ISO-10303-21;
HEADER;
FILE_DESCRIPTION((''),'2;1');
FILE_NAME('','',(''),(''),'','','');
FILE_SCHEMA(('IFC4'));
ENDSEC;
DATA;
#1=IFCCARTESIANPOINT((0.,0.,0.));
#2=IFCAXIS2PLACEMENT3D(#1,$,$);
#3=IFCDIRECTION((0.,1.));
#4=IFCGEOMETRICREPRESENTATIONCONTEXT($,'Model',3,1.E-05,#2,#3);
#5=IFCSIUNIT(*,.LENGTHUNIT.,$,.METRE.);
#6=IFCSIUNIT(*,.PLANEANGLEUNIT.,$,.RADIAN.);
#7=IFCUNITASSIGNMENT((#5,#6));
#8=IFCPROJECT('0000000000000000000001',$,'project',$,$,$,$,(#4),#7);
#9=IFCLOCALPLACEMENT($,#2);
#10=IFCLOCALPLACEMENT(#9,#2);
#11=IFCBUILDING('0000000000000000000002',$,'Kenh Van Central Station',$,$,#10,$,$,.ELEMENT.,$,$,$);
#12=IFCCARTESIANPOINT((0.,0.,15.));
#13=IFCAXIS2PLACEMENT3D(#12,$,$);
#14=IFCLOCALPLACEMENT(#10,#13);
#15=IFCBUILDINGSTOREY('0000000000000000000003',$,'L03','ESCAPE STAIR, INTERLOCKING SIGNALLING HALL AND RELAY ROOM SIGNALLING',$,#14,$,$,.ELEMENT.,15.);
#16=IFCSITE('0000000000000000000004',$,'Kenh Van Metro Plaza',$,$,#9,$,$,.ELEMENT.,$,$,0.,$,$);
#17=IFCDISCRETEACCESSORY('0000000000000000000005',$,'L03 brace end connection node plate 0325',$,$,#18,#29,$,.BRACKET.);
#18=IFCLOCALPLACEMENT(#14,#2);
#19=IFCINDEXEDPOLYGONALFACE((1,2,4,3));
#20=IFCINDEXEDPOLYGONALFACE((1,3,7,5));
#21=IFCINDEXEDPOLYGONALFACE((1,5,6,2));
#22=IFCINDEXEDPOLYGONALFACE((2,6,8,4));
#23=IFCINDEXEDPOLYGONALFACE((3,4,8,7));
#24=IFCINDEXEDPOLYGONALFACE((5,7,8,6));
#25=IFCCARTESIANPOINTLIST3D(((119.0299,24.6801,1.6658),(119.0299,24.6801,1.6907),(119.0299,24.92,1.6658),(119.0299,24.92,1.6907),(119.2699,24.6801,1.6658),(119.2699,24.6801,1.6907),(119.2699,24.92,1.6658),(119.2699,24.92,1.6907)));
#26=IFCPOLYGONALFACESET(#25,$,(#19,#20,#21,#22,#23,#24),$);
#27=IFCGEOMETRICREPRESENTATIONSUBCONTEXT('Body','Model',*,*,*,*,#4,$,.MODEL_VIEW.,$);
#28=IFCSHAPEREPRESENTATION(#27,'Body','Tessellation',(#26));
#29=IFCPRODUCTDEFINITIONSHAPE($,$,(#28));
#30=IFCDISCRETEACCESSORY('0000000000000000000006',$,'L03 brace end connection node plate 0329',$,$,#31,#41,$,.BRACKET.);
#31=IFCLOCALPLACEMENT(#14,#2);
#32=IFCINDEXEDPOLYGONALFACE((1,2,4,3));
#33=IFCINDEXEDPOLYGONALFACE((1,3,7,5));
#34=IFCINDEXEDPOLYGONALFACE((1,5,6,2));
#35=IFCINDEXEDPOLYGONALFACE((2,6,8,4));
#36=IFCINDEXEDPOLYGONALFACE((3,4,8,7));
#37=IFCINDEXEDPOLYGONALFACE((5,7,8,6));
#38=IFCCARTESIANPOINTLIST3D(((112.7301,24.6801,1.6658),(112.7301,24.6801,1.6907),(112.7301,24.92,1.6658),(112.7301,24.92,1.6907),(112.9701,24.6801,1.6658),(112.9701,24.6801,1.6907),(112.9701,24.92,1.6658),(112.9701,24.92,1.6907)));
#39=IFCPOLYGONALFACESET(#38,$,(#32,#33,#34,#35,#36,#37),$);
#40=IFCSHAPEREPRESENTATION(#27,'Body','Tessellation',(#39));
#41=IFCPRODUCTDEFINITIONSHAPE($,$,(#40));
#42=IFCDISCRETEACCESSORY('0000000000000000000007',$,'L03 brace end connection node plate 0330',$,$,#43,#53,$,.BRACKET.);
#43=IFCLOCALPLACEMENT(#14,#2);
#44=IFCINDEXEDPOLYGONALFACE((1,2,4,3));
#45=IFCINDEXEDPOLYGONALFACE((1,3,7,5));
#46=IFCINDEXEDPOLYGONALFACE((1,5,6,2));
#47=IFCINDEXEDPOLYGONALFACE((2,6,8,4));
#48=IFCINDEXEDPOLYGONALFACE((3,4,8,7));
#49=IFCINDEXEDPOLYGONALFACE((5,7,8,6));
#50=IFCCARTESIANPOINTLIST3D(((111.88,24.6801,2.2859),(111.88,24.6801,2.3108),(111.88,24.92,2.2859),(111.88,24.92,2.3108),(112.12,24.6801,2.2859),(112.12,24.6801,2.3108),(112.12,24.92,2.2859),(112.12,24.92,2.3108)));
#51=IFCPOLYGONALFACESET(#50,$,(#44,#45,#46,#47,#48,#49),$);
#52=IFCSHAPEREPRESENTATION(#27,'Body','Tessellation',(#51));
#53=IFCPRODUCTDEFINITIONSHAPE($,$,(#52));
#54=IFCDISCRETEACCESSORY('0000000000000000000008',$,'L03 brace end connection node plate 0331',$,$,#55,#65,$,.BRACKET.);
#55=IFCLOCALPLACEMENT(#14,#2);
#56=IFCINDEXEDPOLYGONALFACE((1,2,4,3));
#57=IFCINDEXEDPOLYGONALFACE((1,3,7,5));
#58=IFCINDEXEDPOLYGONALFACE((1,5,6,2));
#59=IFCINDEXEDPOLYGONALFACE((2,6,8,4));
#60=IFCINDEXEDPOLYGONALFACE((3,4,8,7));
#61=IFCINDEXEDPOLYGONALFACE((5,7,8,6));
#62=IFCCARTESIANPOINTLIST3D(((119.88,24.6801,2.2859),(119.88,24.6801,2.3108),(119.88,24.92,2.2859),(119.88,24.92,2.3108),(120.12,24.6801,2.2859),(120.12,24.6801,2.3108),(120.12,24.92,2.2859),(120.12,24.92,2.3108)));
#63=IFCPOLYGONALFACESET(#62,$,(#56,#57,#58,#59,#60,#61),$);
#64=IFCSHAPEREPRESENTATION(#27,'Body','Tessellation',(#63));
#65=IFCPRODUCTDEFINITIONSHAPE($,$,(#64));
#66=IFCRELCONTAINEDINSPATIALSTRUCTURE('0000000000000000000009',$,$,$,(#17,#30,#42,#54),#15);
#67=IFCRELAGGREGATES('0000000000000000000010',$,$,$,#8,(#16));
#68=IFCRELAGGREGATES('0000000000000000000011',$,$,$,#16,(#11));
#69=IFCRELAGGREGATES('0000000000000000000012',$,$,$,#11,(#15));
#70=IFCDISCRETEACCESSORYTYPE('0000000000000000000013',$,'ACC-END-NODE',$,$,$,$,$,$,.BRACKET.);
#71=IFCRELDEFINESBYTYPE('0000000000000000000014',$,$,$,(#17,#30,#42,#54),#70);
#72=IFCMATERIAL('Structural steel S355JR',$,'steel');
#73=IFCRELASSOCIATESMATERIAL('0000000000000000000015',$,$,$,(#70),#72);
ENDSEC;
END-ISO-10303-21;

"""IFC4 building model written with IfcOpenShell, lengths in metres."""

from ifc_helpers import new_model, si_unit, direction, frame, origin, origin_2d, place, context, subcontext, project, spatial, rectangle, extrude, material, type_object, element, save


model = new_model("IFC4")

# Units and contexts
model_context = context("Model", 3, precision=1e-05, world=origin(), true_north=direction((0.0, 1.0)))
body_context = subcontext(model_context, "Body", "Model", "MODEL_VIEW")
ifc_project = project(units=[si_unit("LENGTHUNIT", "METRE"), si_unit("PLANEANGLEUNIT", "RADIAN")], contexts=[model_context])

# Site, building, storey
site_placement = place(None, origin())
site = spatial("IfcSite", under=ifc_project, at=site_placement, Name="Kenh Van Metro Plaza", CompositionType="ELEMENT", RefElevation=0.0)
building_placement = place(site_placement, origin())
building = spatial("IfcBuilding", under=site, at=building_placement, Name="Kenh Van Central Station", CompositionType="ELEMENT")
storey_placement = place(building_placement, frame((0.0, 0.0, 15.0)))
storey = spatial("IfcBuildingStorey", under=building, at=storey_placement, Name="L03", Description="ESCAPE STAIR, INTERLOCKING SIGNALLING HALL AND RELAY ROOM SIGNALLING", CompositionType="ELEMENT", Elevation=15.0)

# Discrete accessories
ifc_material_1 = material(Name="Structural steel S355JR", Category="steel")
discrete_accessory_type = type_object("IfcDiscreteAccessoryType", Name="ACC-END-NODE", PredefinedType="BRACKET", material=ifc_material_1)
for number, where, z_axis, x_axis, name in (
    (1, (119.1499, 24.8, 1.6658), (0.0, 0.0, 1.0), (1.0, 0.0, 0.0), "L03 brace end connection node plate 0325"),
    (2, (112.8501, 24.8, 1.6658), (0.0, 0.0, 1.0), (1.0, 0.0, 0.0), "L03 brace end connection node plate 0329"),
    (3, (112.0, 24.8, 2.2859), (0.0, 0.0, 1.0), (1.0, 0.0, 0.0), "L03 brace end connection node plate 0330"),
    (4, (120.0, 24.8, 2.2859), (0.0, 0.0, 1.0), (1.0, 0.0, 0.0), "L03 brace end connection node plate 0331"),
):
    element("IfcDiscreteAccessory", number, at=place(storey_placement, frame(where, z_axis=z_axis, x_axis=x_axis)), inside=storey, type_object=discrete_accessory_type, Name=name, PredefinedType="BRACKET", context=body_context, shape_type="SweptSolid", body=[
        extrude(rectangle(XDim=0.24, YDim=0.24, at=origin_2d()), origin(), (0.0, 0.0, 1.0), 0.0249),
    ])

save(model, "model.ifc")
